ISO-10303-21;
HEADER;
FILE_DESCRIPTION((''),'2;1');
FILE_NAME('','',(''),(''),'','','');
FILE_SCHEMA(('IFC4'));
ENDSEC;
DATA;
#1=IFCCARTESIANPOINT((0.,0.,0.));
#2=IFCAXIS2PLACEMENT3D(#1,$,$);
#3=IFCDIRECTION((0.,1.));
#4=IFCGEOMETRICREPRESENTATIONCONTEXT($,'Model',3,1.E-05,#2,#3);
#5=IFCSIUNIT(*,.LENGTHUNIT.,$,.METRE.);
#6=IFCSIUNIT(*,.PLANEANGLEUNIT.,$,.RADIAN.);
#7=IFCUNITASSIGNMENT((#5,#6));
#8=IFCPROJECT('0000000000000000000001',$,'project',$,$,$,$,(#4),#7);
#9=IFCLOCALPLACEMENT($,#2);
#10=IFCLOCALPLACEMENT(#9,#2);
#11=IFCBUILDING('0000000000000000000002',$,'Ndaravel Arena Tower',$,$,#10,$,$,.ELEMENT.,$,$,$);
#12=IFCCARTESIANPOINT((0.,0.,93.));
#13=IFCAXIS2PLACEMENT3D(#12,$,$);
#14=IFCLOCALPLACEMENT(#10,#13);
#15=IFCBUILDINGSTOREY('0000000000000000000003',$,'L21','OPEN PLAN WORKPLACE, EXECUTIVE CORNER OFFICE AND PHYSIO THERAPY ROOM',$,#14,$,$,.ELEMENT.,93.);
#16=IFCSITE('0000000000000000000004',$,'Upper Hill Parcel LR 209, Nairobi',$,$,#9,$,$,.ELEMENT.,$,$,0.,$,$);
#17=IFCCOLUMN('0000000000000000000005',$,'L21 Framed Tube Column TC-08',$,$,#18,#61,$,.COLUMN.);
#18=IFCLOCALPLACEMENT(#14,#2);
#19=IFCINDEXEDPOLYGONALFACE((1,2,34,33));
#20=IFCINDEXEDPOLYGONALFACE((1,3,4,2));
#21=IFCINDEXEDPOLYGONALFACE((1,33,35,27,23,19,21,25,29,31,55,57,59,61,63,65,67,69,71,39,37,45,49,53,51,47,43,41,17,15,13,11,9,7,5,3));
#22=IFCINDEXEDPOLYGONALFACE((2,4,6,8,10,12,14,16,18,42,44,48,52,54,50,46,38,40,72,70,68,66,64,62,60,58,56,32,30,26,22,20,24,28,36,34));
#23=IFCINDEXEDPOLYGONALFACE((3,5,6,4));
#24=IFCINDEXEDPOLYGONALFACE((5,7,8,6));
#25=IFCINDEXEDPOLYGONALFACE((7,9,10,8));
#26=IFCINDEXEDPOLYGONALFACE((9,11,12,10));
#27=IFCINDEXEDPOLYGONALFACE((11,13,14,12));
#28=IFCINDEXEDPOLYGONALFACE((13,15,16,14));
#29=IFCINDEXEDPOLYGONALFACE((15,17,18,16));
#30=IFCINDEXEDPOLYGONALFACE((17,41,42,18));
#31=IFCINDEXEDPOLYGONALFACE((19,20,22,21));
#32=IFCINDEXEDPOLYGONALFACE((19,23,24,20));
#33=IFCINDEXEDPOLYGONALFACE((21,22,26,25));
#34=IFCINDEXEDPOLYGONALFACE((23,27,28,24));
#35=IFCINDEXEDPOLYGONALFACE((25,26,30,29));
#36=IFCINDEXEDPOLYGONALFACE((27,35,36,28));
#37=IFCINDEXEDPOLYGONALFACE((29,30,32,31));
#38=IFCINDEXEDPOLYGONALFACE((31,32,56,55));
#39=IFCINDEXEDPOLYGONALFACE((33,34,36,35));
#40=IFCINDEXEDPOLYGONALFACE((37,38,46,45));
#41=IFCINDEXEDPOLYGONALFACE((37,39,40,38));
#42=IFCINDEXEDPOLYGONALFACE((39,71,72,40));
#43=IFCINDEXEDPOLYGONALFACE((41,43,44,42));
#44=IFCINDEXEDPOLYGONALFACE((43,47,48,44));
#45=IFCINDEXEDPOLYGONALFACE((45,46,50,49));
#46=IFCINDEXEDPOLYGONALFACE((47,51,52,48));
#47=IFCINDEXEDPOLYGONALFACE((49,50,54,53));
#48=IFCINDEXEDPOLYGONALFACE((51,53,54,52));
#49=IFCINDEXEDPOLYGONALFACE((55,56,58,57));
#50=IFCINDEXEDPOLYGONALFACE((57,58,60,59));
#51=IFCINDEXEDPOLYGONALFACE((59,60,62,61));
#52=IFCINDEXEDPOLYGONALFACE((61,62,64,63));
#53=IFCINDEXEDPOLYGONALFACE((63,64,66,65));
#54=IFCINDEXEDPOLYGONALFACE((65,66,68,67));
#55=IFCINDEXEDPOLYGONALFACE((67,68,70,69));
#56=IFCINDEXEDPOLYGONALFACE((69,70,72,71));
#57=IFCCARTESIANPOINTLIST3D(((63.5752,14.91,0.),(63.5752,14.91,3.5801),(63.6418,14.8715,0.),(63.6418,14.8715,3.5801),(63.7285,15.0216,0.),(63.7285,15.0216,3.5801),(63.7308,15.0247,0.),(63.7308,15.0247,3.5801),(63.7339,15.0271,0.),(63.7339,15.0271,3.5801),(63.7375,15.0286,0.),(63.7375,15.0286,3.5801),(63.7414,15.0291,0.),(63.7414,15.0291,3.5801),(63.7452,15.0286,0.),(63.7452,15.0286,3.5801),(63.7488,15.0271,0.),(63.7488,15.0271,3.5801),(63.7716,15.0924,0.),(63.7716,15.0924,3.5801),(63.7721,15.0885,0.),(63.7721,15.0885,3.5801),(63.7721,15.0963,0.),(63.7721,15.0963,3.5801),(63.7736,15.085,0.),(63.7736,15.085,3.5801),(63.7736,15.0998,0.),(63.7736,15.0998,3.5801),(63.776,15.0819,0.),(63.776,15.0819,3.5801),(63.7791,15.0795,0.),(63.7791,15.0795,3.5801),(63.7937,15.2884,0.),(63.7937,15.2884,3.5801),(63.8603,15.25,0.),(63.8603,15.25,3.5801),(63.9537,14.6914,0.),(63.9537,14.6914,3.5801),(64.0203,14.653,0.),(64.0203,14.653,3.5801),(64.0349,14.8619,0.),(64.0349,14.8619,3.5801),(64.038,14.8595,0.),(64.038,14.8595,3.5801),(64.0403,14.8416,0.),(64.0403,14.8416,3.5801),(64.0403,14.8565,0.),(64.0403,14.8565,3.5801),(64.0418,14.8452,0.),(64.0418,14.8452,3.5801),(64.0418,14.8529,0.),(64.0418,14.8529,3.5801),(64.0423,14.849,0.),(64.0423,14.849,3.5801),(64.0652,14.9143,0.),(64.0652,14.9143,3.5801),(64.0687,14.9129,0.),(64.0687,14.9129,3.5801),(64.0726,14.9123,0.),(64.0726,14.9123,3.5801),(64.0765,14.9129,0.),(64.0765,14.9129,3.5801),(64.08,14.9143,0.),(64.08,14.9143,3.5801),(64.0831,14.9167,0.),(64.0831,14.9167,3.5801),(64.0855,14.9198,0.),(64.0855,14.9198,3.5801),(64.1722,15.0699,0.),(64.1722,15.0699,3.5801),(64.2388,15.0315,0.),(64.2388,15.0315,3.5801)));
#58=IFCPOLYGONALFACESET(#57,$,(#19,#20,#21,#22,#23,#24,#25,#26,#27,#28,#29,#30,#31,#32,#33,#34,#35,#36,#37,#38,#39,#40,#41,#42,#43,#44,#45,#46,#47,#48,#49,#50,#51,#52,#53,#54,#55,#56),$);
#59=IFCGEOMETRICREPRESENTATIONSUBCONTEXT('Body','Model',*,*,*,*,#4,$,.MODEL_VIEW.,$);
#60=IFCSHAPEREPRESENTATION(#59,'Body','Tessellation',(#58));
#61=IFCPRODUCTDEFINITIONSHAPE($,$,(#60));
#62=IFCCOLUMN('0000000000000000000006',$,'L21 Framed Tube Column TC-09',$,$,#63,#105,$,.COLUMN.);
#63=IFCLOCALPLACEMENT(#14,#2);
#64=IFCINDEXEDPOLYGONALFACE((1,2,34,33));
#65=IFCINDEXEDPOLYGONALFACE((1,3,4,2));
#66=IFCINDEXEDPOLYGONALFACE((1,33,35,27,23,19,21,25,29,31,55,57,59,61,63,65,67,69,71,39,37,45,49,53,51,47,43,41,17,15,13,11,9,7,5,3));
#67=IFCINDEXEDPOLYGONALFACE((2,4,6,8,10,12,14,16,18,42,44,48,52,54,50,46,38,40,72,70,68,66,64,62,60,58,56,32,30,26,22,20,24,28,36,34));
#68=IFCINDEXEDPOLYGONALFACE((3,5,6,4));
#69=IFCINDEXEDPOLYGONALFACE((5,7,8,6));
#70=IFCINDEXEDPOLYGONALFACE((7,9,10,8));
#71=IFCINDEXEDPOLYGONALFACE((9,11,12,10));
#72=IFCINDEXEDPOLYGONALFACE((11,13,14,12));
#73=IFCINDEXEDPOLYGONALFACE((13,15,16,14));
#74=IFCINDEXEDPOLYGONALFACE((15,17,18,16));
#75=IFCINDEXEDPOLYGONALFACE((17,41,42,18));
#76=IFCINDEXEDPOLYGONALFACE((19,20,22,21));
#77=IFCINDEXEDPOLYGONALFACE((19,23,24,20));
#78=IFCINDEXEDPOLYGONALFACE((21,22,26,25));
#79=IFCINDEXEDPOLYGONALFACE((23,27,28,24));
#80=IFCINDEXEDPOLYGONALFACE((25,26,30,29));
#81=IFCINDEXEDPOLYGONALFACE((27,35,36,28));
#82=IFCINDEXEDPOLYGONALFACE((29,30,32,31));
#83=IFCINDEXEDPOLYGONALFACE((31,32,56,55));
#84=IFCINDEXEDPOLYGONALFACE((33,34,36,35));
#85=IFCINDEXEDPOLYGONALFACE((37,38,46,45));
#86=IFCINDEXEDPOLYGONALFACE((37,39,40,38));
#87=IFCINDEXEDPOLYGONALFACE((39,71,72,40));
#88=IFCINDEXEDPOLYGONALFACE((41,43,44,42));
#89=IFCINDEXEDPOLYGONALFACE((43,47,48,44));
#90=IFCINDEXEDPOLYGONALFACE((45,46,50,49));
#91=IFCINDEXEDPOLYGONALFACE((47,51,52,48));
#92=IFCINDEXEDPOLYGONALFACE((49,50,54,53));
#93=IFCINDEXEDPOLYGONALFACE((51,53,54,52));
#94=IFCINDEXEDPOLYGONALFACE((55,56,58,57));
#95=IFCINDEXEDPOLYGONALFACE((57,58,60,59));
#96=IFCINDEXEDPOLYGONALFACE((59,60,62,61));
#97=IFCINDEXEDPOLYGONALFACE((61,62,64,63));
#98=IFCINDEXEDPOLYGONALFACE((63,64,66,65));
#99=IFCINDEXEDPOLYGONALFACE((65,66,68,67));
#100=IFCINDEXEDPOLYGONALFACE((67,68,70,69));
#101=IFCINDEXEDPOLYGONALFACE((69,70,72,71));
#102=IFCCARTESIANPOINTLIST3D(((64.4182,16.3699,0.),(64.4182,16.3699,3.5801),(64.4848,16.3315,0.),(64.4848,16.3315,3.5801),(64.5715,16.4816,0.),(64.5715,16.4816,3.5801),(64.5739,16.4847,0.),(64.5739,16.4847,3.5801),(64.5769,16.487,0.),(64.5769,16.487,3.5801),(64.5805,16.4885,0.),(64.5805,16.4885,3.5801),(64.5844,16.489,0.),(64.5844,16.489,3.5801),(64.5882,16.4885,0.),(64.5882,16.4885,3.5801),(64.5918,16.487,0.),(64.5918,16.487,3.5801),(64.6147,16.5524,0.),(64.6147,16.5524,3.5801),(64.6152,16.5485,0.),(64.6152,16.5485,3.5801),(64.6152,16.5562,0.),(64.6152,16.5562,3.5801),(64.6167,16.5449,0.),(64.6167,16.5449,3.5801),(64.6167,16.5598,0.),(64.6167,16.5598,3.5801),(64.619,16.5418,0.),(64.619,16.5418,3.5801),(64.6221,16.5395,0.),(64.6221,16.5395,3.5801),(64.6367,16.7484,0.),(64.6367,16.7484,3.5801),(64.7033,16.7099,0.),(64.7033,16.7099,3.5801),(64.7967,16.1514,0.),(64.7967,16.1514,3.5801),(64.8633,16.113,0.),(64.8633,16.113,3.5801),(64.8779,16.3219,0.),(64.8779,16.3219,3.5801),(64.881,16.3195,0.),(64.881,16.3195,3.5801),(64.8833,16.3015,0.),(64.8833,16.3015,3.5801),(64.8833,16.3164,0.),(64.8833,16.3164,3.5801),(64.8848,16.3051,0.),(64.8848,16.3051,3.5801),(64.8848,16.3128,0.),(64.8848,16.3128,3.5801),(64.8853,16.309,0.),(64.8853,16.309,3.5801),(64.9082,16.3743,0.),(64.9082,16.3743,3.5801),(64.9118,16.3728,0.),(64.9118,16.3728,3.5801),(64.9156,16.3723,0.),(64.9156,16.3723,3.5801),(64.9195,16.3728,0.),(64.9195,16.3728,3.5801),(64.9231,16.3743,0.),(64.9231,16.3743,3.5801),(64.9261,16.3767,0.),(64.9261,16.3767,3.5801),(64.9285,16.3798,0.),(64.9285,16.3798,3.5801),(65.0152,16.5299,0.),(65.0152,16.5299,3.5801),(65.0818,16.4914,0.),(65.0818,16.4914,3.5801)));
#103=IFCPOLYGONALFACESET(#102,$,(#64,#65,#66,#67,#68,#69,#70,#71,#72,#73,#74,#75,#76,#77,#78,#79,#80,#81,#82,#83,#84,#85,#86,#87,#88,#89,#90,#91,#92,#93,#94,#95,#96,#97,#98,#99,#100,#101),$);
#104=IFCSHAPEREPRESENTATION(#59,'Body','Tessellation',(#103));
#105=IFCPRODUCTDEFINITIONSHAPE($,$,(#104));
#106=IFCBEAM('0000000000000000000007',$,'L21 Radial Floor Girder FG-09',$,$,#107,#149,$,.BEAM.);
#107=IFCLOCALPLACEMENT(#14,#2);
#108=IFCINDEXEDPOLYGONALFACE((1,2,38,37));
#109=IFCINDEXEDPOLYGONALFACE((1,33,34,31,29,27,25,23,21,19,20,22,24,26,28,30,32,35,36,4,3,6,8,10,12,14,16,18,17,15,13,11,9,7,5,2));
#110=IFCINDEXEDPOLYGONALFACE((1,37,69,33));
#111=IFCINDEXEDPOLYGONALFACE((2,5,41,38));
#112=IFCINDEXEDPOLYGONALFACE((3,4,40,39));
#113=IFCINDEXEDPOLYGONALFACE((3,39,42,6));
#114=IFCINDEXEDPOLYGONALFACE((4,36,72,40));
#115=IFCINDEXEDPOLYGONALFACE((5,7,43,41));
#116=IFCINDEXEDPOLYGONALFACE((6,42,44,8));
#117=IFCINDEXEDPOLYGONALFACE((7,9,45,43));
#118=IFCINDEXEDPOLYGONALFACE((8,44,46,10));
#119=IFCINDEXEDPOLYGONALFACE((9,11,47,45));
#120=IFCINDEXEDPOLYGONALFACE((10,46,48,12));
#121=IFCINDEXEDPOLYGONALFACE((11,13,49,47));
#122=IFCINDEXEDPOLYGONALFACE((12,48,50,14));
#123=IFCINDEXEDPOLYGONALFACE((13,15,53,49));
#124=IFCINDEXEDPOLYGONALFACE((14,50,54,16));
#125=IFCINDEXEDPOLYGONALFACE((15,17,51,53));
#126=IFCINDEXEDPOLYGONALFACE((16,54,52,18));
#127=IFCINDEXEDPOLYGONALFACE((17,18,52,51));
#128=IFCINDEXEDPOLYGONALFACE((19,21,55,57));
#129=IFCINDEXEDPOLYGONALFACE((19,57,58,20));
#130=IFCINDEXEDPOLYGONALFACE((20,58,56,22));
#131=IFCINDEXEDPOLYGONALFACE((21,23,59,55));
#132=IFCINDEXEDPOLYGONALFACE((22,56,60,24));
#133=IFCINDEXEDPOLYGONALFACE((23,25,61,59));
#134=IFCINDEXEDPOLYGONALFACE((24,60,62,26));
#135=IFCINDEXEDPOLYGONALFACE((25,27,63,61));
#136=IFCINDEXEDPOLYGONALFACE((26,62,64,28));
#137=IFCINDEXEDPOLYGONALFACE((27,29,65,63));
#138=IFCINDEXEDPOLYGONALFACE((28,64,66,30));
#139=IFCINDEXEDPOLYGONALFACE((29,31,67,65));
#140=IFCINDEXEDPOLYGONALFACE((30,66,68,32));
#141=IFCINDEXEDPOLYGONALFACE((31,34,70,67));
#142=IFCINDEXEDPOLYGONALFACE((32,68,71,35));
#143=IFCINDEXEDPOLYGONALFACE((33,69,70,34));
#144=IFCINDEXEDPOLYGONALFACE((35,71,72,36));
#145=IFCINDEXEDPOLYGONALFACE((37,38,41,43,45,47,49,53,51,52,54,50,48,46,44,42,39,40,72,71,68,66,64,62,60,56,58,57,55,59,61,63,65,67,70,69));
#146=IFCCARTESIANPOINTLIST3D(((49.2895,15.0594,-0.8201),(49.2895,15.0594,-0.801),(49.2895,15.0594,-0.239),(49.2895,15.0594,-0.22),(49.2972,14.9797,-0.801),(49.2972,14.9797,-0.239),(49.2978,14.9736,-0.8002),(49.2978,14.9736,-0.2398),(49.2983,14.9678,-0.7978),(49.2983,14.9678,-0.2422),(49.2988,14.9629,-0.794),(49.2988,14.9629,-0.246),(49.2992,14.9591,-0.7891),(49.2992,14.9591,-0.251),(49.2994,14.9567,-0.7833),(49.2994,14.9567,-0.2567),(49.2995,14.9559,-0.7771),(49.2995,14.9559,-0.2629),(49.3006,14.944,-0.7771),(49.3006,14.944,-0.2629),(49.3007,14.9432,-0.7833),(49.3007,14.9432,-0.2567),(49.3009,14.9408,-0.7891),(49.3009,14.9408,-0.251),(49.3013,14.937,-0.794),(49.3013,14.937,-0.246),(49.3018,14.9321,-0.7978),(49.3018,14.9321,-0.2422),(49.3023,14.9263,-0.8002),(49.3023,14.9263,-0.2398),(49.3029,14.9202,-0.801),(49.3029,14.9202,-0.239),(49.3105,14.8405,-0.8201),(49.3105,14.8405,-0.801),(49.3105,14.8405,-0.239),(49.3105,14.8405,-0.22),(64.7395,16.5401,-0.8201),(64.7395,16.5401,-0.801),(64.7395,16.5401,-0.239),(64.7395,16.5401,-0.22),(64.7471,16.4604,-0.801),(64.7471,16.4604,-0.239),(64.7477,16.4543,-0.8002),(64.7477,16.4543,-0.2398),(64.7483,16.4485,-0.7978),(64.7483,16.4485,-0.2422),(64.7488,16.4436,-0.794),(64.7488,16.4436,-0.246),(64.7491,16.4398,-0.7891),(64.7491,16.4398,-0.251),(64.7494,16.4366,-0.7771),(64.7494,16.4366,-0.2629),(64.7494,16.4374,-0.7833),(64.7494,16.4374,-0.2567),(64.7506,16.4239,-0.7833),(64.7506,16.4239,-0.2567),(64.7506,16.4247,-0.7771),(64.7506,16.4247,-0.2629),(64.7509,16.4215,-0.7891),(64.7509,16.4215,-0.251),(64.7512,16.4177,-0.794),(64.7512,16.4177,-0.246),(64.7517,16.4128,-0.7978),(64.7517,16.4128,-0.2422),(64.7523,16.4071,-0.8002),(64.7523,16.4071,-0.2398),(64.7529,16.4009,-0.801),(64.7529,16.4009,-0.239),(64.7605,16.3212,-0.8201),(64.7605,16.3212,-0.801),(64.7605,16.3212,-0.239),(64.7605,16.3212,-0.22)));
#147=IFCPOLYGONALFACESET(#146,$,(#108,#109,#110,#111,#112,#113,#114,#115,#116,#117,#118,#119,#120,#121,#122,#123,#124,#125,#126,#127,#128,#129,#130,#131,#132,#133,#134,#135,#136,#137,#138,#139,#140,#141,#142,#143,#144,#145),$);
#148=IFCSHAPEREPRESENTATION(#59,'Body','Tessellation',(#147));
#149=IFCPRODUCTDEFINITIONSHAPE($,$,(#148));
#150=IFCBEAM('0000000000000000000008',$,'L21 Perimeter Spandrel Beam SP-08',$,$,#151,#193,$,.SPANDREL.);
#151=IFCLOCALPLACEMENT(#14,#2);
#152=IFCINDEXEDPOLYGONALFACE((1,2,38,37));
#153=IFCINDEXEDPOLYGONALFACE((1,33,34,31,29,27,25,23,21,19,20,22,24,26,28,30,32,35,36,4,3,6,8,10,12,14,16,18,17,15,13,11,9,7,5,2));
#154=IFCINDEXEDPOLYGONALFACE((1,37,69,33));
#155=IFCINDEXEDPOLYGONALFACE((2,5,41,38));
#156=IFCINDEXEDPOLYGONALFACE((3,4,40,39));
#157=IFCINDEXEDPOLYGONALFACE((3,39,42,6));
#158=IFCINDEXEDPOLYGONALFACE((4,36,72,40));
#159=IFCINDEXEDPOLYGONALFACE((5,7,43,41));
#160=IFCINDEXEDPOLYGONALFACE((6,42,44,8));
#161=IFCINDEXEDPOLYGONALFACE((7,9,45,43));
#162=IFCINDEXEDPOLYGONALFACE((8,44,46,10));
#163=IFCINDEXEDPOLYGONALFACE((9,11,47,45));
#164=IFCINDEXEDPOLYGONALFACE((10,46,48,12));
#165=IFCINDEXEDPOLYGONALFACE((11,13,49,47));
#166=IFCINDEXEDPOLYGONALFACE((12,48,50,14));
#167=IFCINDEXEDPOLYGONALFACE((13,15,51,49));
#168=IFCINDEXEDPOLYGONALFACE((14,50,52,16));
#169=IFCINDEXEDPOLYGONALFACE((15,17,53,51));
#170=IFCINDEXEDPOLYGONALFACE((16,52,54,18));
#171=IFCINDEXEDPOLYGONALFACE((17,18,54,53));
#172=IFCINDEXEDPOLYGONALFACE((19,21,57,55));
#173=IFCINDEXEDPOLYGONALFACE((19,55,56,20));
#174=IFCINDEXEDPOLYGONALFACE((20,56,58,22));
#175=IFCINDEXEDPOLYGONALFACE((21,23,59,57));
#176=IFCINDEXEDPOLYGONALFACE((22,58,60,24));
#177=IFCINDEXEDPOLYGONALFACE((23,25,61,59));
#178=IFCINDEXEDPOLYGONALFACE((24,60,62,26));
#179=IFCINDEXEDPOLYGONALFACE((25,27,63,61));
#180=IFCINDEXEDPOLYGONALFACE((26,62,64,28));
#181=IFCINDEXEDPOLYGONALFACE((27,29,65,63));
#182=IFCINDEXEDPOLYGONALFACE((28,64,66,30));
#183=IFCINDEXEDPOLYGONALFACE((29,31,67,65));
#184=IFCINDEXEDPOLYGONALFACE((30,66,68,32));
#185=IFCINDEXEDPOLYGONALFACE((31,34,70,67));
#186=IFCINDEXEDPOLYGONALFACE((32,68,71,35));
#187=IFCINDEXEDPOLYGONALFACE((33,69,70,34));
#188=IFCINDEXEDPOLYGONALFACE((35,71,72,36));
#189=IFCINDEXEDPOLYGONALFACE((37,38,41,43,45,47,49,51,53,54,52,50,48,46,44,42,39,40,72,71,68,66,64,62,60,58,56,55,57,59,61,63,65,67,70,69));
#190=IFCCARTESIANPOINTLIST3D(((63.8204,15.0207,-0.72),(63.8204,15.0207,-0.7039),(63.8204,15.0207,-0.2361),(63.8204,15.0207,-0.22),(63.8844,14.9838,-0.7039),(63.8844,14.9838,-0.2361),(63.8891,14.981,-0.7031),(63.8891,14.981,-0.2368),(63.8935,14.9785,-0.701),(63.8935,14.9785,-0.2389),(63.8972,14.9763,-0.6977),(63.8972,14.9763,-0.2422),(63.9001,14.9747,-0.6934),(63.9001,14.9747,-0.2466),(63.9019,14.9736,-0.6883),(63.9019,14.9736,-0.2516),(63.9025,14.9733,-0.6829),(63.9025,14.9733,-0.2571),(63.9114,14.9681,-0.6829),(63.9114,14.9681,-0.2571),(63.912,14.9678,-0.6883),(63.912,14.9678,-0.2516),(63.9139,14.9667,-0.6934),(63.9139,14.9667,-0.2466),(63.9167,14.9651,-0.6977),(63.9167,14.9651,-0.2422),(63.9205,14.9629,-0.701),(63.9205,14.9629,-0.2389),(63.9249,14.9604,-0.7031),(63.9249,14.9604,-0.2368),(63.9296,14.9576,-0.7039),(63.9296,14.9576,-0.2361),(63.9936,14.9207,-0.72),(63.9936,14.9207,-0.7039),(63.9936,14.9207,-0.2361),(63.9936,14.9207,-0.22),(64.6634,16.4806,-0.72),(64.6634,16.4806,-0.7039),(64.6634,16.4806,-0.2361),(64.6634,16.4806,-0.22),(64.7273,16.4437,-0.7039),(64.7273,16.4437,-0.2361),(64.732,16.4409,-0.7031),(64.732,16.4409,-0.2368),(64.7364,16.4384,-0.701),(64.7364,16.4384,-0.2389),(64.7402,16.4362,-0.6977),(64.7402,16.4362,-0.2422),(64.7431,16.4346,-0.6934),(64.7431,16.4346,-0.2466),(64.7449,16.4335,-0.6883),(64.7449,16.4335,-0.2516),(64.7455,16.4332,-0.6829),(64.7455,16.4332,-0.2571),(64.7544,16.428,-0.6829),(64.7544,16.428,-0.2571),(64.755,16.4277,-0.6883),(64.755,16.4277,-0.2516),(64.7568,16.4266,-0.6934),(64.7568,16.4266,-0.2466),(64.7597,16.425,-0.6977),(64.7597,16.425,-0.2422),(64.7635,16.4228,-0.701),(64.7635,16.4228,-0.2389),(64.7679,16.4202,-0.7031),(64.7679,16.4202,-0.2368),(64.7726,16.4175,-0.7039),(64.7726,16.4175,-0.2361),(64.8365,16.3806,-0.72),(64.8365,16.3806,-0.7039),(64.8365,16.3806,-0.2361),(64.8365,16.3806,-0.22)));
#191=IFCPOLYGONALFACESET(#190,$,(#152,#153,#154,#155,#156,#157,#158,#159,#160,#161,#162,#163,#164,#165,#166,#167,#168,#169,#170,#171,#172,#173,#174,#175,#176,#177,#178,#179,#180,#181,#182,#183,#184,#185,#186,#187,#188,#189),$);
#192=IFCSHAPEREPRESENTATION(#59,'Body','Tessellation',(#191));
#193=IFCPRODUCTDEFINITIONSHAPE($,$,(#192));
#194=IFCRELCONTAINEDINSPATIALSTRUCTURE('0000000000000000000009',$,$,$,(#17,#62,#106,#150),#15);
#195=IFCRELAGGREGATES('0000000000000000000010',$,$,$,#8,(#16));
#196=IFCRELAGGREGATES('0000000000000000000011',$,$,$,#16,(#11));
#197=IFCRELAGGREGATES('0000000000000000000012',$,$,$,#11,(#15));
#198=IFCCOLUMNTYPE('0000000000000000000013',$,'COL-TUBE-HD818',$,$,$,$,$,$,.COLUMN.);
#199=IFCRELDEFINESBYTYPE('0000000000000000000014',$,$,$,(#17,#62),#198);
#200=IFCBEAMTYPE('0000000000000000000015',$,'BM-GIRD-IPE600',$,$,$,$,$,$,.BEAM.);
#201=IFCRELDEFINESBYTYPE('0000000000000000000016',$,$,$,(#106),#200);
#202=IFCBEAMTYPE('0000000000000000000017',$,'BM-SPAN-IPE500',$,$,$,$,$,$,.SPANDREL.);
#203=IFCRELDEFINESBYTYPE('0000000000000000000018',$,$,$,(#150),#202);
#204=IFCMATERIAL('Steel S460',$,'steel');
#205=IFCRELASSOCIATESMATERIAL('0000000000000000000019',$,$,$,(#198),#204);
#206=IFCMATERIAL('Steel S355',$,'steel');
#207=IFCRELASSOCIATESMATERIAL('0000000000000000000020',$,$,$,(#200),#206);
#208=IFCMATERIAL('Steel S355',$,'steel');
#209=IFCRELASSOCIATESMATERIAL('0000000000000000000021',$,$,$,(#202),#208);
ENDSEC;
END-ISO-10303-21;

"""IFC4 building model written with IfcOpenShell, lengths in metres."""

from ifc_helpers import new_model, si_unit, direction, frame, origin, origin_2d, place, context, subcontext, project, spatial, i_section, extrude, material, material_profile, profile_set, type_object, element, save


model = new_model("IFC4")

# Units and contexts
model_context = context("Model", 3, precision=1e-05, world=origin(), true_north=direction((0.0, 1.0)))
body_context = subcontext(model_context, "Body", "Model", "MODEL_VIEW")
ifc_project = project(units=[si_unit("LENGTHUNIT", "METRE"), si_unit("PLANEANGLEUNIT", "RADIAN")], contexts=[model_context])

# Site, building, storey
site_placement = place(None, origin())
site = spatial("IfcSite", under=ifc_project, at=site_placement, Name="Upper Hill Parcel LR 209, Nairobi", CompositionType="ELEMENT", RefElevation=0.0)
building_placement = place(site_placement, origin())
building = spatial("IfcBuilding", under=site, at=building_placement, Name="Ndaravel Arena Tower", CompositionType="ELEMENT")
storey_placement = place(building_placement, frame((0.0, 0.0, 93.0)))
storey = spatial("IfcBuildingStorey", under=building, at=storey_placement, Name="L21", Description="OPEN PLAN WORKPLACE, EXECUTIVE CORNER OFFICE AND PHYSIO THERAPY ROOM", CompositionType="ELEMENT", Elevation=93.0)

# Columns
ifc_material_1 = material(Name="Steel S460", Category="steel")
ifc_material_profile_1 = material_profile(ifc_material_1, i_section(OverallWidth=0.437, OverallDepth=0.5139, WebThickness=0.0605, FlangeThickness=0.0769, FilletRadius=0.0149, at=origin_2d()), Name="HD 400x818")
ifc_profile_set_1 = profile_set([ifc_material_profile_1], Name="Steel S460")
column_type = type_object("IfcColumnType", Name="COL-TUBE-HD818", PredefinedType="COLUMN", material=ifc_profile_set_1)
for number, where, z_axis, x_axis, name in (
    (1, (63.907, 14.9707, 0.0), (0.0, 0.0, 1.0), (0.5, 0.866025, 0.0), "L21 Framed Tube Column TC-08"),
    (2, (64.75, 16.4307, 0.0), (0.0, 0.0, 1.0), (0.5, 0.866025, 0.0), "L21 Framed Tube Column TC-09"),
):
    element("IfcColumn", number, at=place(storey_placement, frame(where, z_axis=z_axis, x_axis=x_axis)), inside=storey, type_object=column_type, Name=name, PredefinedType="COLUMN", context=body_context, shape_type="SweptSolid", body=[
        extrude(i_section(OverallWidth=0.437, OverallDepth=0.5139, WebThickness=0.0605, FlangeThickness=0.0769, FilletRadius=0.0149, at=origin_2d()), origin(), (0.0, 0.0, 1.0), 3.5801),
    ])

# Beams
ifc_material_2 = material(Name="Steel S355", Category="steel")
ifc_material_profile_2 = material_profile(ifc_material_2, i_section(OverallWidth=0.22, OverallDepth=0.6001, WebThickness=0.012, FlangeThickness=0.019, FilletRadius=0.0239, at=origin_2d()), Name="IPE 600")
ifc_profile_set_2 = profile_set([ifc_material_profile_2], Name="Steel S355")
beam_type_1 = type_object("IfcBeamType", Name="BM-GIRD-IPE600", PredefinedType="BEAM", material=ifc_profile_set_2)
beam_1_placement = place(storey_placement, frame((64.75, 16.4307, -0.52), z_axis=(-0.995439, -0.095402, 0.0), x_axis=(0.095402, -0.995439, 0.0)))
element("IfcBeam", 3, at=beam_1_placement, inside=storey, type_object=beam_type_1, Name="L21 Radial Floor Girder FG-09", PredefinedType="BEAM", context=body_context, shape_type="SweptSolid", body=[
    extrude(i_section(OverallWidth=0.22, OverallDepth=0.6001, WebThickness=0.012, FlangeThickness=0.019, FilletRadius=0.0239, at=origin_2d()), origin(), (0.0, 0.0, 1.0), 15.5208),
])
ifc_material_3 = material(Name="Steel S355", Category="steel")
ifc_material_profile_3 = material_profile(ifc_material_3, i_section(OverallWidth=0.2, OverallDepth=0.5, WebThickness=0.0103, FlangeThickness=0.0161, FilletRadius=0.021, at=origin_2d()), Name="IPE 500")
ifc_profile_set_3 = profile_set([ifc_material_profile_3], Name="Steel S355")
beam_type_2 = type_object("IfcBeamType", Name="BM-SPAN-IPE500", PredefinedType="SPANDREL", material=ifc_profile_set_3)
beam_2_placement = place(storey_placement, frame((63.907, 14.9707, -0.47), z_axis=(0.500048, 0.865997, 0.0), x_axis=(-0.865997, 0.500048, 0.0)))
element("IfcBeam", 4, at=beam_2_placement, inside=storey, type_object=beam_type_2, Name="L21 Perimeter Spandrel Beam SP-08", PredefinedType="SPANDREL", context=body_context, shape_type="SweptSolid", body=[
    extrude(i_section(OverallWidth=0.2, OverallDepth=0.5, WebThickness=0.0103, FlangeThickness=0.0161, FilletRadius=0.021, at=origin_2d()), origin(), (0.0, 0.0, 1.0), 1.6858),
])

save(model, "model.ifc")
